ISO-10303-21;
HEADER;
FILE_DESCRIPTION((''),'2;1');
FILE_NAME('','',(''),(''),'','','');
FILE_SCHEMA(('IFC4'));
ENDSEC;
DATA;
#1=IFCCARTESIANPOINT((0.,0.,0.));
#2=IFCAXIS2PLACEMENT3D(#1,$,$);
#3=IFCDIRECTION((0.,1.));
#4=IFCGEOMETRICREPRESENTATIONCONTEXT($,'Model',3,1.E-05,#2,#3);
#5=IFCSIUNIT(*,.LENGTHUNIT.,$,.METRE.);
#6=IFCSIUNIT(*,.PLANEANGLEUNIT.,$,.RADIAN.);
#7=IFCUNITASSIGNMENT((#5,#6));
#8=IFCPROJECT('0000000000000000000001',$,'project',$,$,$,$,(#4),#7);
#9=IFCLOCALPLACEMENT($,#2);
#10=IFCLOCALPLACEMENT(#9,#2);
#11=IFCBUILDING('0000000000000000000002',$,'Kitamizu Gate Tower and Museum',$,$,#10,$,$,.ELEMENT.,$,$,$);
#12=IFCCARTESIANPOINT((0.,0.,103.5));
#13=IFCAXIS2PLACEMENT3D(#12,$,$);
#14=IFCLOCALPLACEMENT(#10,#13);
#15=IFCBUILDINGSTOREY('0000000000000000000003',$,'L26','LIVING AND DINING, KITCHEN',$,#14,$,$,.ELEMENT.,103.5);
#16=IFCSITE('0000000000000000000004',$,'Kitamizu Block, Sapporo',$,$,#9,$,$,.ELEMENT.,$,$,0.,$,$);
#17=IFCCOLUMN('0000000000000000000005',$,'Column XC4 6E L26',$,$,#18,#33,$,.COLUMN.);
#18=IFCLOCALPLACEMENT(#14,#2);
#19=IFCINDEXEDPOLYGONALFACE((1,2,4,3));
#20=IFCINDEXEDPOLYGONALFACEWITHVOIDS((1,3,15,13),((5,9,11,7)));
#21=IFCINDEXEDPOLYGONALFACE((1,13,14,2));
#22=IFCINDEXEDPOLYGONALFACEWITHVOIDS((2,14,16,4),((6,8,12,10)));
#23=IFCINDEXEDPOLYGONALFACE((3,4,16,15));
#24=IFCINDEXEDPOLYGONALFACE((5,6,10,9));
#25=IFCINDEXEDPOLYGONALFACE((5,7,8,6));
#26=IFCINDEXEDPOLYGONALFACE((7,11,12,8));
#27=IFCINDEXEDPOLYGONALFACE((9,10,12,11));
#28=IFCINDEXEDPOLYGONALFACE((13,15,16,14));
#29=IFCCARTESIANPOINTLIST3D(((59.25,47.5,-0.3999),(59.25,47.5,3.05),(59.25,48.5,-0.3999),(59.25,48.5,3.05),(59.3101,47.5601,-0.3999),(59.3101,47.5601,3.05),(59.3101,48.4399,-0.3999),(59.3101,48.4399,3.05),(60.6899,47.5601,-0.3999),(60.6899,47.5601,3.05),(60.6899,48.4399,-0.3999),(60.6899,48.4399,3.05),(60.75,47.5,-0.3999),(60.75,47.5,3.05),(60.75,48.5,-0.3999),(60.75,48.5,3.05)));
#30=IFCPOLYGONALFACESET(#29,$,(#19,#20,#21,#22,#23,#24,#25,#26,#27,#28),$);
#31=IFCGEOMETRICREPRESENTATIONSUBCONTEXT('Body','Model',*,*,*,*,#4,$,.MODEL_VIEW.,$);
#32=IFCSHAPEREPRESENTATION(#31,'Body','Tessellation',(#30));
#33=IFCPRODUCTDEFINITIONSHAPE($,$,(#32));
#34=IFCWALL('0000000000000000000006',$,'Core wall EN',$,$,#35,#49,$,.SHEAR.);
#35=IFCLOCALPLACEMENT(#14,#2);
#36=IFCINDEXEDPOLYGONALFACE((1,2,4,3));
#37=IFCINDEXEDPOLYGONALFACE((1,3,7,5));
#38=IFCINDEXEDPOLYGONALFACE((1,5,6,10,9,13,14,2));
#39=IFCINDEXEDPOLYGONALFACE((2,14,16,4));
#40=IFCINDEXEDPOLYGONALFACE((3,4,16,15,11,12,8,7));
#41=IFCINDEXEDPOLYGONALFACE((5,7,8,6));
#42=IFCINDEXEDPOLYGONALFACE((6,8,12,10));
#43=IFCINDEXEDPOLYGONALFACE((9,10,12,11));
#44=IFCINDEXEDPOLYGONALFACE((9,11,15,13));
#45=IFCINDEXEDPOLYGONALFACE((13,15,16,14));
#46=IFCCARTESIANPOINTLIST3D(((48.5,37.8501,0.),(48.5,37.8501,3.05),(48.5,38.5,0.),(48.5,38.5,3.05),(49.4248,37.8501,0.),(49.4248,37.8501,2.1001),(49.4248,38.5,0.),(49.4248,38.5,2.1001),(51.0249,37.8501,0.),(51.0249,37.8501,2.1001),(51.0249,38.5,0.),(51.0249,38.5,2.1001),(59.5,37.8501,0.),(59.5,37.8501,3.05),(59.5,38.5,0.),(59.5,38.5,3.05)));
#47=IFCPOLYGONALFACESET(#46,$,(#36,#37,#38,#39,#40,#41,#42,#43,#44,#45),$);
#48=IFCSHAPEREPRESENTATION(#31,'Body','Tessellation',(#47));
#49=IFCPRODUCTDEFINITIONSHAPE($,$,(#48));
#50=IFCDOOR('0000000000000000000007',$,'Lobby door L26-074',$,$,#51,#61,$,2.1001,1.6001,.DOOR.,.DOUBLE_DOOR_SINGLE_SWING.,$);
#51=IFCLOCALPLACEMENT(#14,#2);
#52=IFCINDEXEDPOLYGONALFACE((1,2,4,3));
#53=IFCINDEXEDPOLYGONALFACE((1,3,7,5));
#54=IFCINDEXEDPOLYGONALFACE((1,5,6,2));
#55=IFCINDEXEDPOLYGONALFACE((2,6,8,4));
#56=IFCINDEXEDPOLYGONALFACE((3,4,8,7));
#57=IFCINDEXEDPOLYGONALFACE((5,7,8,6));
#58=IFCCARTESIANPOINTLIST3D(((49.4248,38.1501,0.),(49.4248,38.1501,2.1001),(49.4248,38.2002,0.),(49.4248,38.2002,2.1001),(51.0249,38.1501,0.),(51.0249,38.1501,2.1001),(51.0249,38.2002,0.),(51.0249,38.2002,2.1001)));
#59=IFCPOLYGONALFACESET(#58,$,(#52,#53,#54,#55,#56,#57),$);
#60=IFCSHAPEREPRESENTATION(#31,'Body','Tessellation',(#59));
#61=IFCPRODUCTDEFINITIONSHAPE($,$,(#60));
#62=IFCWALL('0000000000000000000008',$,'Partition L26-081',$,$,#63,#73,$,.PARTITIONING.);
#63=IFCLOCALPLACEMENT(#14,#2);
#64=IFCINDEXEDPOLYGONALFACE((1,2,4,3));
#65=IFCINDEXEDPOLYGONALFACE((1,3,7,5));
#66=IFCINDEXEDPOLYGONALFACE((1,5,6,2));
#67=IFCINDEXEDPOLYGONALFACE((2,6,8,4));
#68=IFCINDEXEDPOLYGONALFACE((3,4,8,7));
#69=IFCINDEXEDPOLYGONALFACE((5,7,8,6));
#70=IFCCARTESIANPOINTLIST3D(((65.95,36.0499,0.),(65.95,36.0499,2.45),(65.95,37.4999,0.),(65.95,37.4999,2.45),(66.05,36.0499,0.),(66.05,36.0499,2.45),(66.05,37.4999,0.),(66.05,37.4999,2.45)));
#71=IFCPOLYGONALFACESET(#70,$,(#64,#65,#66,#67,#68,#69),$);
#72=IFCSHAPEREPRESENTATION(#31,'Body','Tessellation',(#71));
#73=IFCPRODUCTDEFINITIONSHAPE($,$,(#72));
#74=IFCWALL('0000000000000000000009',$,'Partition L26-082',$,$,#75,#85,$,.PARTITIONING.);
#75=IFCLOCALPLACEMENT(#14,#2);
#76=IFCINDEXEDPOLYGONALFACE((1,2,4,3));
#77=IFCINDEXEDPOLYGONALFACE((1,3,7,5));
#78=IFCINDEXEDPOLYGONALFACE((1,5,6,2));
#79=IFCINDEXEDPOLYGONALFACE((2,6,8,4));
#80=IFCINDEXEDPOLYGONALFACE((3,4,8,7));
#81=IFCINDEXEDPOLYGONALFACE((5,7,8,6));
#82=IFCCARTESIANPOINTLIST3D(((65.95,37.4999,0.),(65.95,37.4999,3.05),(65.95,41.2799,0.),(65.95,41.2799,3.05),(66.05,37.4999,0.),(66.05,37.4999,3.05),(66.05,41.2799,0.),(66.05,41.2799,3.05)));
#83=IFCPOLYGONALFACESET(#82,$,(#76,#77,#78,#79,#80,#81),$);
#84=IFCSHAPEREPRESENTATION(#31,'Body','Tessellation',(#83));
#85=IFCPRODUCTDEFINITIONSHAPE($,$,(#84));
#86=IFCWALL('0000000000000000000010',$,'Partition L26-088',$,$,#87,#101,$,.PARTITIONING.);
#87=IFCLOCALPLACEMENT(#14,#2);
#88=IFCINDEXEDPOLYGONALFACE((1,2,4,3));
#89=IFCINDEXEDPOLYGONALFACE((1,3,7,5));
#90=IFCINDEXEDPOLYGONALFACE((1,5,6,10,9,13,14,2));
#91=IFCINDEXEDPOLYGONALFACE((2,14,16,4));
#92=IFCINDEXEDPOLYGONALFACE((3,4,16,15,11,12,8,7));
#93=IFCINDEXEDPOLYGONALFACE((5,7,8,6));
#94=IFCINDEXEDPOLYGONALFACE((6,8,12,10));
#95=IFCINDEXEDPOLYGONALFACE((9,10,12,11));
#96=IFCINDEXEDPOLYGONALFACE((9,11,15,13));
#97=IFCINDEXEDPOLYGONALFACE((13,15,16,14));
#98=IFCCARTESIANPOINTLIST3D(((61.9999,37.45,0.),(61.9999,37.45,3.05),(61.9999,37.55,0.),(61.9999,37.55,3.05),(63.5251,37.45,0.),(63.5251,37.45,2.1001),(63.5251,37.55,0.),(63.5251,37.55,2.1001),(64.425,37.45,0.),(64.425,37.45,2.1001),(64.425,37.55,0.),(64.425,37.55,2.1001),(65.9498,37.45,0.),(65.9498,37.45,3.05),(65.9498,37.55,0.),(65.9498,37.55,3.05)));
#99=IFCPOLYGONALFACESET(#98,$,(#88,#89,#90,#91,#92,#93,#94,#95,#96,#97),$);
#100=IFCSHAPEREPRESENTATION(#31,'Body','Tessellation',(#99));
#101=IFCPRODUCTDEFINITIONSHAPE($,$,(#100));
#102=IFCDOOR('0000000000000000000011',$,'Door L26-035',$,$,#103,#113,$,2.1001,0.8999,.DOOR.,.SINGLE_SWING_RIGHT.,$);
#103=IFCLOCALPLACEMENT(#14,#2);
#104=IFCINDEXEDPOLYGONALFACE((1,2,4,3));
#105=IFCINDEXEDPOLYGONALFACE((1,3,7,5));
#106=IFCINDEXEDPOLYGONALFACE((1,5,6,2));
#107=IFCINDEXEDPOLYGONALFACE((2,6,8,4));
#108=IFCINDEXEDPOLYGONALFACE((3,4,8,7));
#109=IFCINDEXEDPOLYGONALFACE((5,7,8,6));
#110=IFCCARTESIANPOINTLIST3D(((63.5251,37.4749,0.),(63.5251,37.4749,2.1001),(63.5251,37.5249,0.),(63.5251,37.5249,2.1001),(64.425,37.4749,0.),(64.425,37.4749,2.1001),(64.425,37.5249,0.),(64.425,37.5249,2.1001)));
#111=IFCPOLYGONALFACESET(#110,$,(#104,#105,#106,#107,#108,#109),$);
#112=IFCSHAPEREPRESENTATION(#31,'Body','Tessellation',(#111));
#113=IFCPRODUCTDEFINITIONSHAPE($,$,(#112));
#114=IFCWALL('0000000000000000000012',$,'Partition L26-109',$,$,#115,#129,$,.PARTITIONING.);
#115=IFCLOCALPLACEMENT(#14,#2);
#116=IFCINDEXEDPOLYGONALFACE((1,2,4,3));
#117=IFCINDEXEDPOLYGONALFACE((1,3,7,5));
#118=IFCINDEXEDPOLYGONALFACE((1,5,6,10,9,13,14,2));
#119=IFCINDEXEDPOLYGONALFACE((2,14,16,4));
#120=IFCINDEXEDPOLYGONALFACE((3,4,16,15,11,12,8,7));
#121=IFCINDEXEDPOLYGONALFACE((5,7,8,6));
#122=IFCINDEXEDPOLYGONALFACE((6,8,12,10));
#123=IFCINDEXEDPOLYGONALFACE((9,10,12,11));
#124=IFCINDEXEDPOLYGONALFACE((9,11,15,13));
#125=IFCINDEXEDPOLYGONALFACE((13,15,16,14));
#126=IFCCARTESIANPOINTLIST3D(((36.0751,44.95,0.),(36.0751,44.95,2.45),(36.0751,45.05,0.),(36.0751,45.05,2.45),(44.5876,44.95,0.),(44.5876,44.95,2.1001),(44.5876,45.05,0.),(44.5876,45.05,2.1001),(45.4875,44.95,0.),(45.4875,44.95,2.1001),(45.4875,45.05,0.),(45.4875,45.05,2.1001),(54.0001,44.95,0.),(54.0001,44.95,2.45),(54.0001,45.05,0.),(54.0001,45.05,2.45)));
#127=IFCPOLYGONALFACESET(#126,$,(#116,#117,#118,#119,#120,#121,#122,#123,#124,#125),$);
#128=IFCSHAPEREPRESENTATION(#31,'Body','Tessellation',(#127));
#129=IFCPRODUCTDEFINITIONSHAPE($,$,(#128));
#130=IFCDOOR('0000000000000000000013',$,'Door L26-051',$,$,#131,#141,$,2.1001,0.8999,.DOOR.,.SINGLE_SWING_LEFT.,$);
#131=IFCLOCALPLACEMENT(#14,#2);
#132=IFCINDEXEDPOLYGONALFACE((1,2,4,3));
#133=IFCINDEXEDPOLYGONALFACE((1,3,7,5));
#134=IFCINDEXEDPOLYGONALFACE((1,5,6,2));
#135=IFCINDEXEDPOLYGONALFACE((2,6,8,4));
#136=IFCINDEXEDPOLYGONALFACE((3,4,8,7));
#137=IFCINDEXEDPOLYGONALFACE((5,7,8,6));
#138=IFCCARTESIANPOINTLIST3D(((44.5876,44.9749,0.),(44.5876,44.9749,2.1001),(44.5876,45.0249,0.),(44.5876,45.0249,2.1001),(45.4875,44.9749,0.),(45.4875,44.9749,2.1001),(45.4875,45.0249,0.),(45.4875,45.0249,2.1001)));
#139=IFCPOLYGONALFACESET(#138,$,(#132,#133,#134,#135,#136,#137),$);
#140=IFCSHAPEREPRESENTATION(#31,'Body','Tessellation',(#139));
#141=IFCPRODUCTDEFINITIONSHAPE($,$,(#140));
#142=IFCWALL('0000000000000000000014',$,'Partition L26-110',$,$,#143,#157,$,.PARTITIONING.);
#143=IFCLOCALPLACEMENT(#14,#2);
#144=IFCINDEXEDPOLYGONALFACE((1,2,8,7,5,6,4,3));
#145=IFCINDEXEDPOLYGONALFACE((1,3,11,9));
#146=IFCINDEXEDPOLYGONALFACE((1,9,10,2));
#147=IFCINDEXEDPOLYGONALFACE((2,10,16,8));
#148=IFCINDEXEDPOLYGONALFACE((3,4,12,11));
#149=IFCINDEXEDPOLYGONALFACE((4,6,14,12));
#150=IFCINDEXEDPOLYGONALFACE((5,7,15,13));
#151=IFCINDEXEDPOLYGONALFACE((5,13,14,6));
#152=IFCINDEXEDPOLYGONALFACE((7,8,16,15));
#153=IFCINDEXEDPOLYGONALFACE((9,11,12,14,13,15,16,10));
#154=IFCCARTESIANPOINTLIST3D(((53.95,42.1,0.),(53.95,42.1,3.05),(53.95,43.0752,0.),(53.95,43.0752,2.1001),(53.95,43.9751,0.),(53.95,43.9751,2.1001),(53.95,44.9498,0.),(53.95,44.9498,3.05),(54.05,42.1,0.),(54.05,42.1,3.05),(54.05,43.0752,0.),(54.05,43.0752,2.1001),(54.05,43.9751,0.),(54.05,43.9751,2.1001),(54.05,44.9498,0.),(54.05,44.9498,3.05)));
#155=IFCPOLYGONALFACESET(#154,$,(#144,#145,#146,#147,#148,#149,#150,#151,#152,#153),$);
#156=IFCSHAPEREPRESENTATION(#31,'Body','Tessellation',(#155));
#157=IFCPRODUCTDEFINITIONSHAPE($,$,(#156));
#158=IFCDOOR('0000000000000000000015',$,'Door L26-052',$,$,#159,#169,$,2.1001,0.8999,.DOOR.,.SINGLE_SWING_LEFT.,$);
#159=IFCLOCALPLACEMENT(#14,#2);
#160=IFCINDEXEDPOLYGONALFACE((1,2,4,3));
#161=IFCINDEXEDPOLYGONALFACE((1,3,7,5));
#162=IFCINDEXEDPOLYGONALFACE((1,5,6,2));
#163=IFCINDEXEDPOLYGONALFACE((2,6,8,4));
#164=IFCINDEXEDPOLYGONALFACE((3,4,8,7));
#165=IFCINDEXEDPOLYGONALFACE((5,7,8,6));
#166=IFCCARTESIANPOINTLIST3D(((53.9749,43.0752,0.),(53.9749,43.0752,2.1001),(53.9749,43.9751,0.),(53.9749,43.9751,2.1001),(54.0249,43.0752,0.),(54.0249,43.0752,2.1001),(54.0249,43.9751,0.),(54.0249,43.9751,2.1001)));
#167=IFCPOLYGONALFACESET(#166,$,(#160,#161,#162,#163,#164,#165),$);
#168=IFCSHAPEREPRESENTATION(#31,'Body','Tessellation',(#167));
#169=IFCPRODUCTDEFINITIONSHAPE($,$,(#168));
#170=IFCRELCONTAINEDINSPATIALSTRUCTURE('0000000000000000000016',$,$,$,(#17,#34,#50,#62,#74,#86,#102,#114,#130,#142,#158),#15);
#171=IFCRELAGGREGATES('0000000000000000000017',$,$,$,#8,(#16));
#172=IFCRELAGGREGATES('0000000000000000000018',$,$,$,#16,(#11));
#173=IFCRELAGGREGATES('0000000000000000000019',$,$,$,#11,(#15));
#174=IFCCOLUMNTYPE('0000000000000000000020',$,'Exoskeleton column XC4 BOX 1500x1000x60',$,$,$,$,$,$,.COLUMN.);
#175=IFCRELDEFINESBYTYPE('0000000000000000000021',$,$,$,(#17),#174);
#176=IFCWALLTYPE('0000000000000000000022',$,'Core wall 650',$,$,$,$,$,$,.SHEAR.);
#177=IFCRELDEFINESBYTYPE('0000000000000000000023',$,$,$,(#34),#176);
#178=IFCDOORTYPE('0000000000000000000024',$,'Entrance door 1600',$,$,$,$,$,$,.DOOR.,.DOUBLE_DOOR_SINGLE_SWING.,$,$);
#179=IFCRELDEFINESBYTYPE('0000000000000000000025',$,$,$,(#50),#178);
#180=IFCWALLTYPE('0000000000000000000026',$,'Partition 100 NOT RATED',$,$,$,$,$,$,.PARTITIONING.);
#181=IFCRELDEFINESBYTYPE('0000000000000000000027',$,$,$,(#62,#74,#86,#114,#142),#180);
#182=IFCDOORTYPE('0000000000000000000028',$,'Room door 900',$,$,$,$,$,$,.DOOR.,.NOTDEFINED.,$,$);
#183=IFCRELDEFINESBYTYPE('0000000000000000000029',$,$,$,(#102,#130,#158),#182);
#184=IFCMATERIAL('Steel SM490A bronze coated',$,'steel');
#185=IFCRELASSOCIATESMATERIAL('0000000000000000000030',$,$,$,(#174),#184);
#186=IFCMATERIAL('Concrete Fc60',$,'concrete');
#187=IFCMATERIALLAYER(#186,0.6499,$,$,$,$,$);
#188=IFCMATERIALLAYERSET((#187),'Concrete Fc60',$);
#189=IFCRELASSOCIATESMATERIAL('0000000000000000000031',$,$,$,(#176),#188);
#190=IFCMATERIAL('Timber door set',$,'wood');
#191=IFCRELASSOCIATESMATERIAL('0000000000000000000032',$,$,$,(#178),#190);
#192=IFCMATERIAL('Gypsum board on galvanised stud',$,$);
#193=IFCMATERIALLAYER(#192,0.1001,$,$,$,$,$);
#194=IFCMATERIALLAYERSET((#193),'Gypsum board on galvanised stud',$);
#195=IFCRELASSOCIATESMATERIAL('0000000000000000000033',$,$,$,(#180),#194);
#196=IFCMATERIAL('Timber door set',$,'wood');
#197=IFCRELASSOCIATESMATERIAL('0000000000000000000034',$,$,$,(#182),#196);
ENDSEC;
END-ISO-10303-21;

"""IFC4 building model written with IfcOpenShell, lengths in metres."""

from ifc_helpers import new_model, si_unit, direction, frame, frame_2d, origin, origin_2d, place, context, subcontext, project, spatial, rectangle, hollow_rectangle, extrude, material, layer, layer_set, material_profile, profile_set, type_object, element, fill, save


model = new_model("IFC4")

# Units and contexts
model_context = context("Model", 3, precision=1e-05, world=origin(), true_north=direction((0.0, 1.0)))
body_context = subcontext(model_context, "Body", "Model", "MODEL_VIEW")
ifc_project = project(units=[si_unit("LENGTHUNIT", "METRE"), si_unit("PLANEANGLEUNIT", "RADIAN")], contexts=[model_context])

# Site, building, storey
site_placement = place(None, origin())
site = spatial("IfcSite", under=ifc_project, at=site_placement, Name="Kitamizu Block, Sapporo", CompositionType="ELEMENT", RefElevation=0.0)
building_placement = place(site_placement, origin())
building = spatial("IfcBuilding", under=site, at=building_placement, Name="Kitamizu Gate Tower and Museum", CompositionType="ELEMENT")
storey_placement = place(building_placement, frame((0.0, 0.0, 103.5)))
storey = spatial("IfcBuildingStorey", under=building, at=storey_placement, Name="L26", Description="LIVING AND DINING, KITCHEN", CompositionType="ELEMENT", Elevation=103.5)

# Column
ifc_material_1 = material(Name="Steel SM490A bronze coated", Category="steel")
ifc_material_profile = material_profile(ifc_material_1, hollow_rectangle(XDim=1.5, YDim=1.0, WallThickness=0.0601, at=origin_2d()), Name="BOX 1500x1000x60")
ifc_profile_set = profile_set([ifc_material_profile], Name="Steel SM490A bronze coated")
column_type = type_object("IfcColumnType", Name="Exoskeleton column XC4 BOX 1500x1000x60", PredefinedType="COLUMN", material=ifc_profile_set)
column_placement = place(storey_placement, frame((60.0, 48.0, -0.3999), z_axis=(0.0, 0.0, 1.0), x_axis=(1.0, 0.0, 0.0)))
element("IfcColumn", 1, at=column_placement, inside=storey, type_object=column_type, Name="Column XC4 6E L26", PredefinedType="COLUMN", context=body_context, shape_type="SweptSolid", body=[
    extrude(hollow_rectangle(XDim=1.5, YDim=1.0, WallThickness=0.0601, at=origin_2d()), origin(), (0.0, 0.0, 1.0), 3.45),
])

# Wall, opening, door
ifc_material_2 = material(Name="Concrete Fc60", Category="concrete")
ifc_layer_1 = layer(ifc_material_2, 0.6499)
ifc_layer_set_1 = layer_set([ifc_layer_1], Name="Concrete Fc60")
wall_type_1 = type_object("IfcWallType", Name="Core wall 650", PredefinedType="SHEAR", material=ifc_layer_set_1)
wall_1_placement = place(storey_placement, frame((59.5, 38.175, 0.0), z_axis=(0.0, 0.0, 1.0), x_axis=(-1.0, 0.0, 0.0)))
wall_1 = element("IfcWall", 2, at=wall_1_placement, inside=storey, type_object=wall_type_1, Name="Core wall EN", PredefinedType="SHEAR", context=body_context, shape_type="SweptSolid", body=[
    extrude(rectangle(XDim=11.0, YDim=0.6499, at=frame_2d((5.5, 0.0))), origin(), (0.0, 0.0, 1.0), 3.05),
])
opening_1_placement = place(wall_1_placement, frame((8.4751, 0.0, 0.0)))
opening_1 = element("IfcOpeningElement", 3, at=opening_1_placement, cuts=wall_1, PredefinedType="OPENING", context=body_context, shape_type="SweptSolid", body=[
    extrude(rectangle(XDim=1.6001, YDim=2.1001, at=frame_2d((0.8, 1.05))), frame((0.0, 0.335, 0.0), z_axis=(0.0, -1.0, 0.0), x_axis=(1.0, 0.0, 0.0)), (0.0, 0.0, 1.0), 0.6699),
])
ifc_material_3 = material(Name="Timber door set", Category="wood")
door_type_1 = type_object("IfcDoorType", Name="Entrance door 1600", OperationType="DOUBLE_DOOR_SINGLE_SWING", PredefinedType="DOOR", material=ifc_material_3)
door_1_placement = place(opening_1_placement, origin())
door_1 = element("IfcDoor", 4, at=door_1_placement, inside=storey, type_object=door_type_1, Name="Lobby door L26-074", OperationType="DOUBLE_DOOR_SINGLE_SWING", OverallHeight=2.1001, OverallWidth=1.6001, PredefinedType="DOOR", context=body_context, shape_type="SweptSolid", body=[
    extrude(rectangle(XDim=1.6001, YDim=2.1001, at=frame_2d((0.8, 1.05))), frame((0.0, 0.0249, 0.0), z_axis=(0.0, -1.0, 0.0), x_axis=(1.0, 0.0, 0.0)), (0.0, 0.0, 1.0), 0.05),
])
fill(opening_1, door_1)

# Walls
ifc_material_4 = material(Name="Gypsum board on galvanised stud")
ifc_layer_2 = layer(ifc_material_4, 0.1001)
ifc_layer_set_2 = layer_set([ifc_layer_2], Name="Gypsum board on galvanised stud")
wall_type_2 = type_object("IfcWallType", Name="Partition 100 NOT RATED", PredefinedType="PARTITIONING", material=ifc_layer_set_2)
wall_2_placement = place(storey_placement, frame((66.0, 37.5, 0.0), z_axis=(0.0, 0.0, 1.0), x_axis=(0.0, -1.0, 0.0)))
element("IfcWall", 5, at=wall_2_placement, inside=storey, type_object=wall_type_2, Name="Partition L26-081", PredefinedType="PARTITIONING", context=body_context, shape_type="SweptSolid", body=[
    extrude(rectangle(XDim=1.45, YDim=0.1001, at=frame_2d((0.7251, 0.0))), origin(), (0.0, 0.0, 1.0), 2.45),
])
wall_3_placement = place(storey_placement, frame((66.0, 41.28, 0.0), z_axis=(0.0, 0.0, 1.0), x_axis=(0.0, -1.0, 0.0)))
element("IfcWall", 6, at=wall_3_placement, inside=storey, type_object=wall_type_2, Name="Partition L26-082", PredefinedType="PARTITIONING", context=body_context, shape_type="SweptSolid", body=[
    extrude(rectangle(XDim=3.78, YDim=0.1001, at=frame_2d((1.8901, 0.0))), origin(), (0.0, 0.0, 1.0), 3.05),
])

# Walls, openings, doors
wall_4_placement = place(storey_placement, frame((65.95, 37.5, 0.0), z_axis=(0.0, 0.0, 1.0), x_axis=(-1.0, 0.0, 0.0)))
wall_4 = element("IfcWall", 7, at=wall_4_placement, inside=storey, type_object=wall_type_2, Name="Partition L26-088", PredefinedType="PARTITIONING", context=body_context, shape_type="SweptSolid", body=[
    extrude(rectangle(XDim=3.95, YDim=0.1001, at=frame_2d((1.9751, 0.0))), origin(), (0.0, 0.0, 1.0), 3.05),
])
opening_2_placement = place(wall_4_placement, frame((1.5249, 0.0, 0.0)))
opening_2 = element("IfcOpeningElement", 8, at=opening_2_placement, cuts=wall_4, PredefinedType="OPENING", context=body_context, shape_type="SweptSolid", body=[
    extrude(rectangle(XDim=0.8999, YDim=2.1001, at=frame_2d((0.45, 1.05))), frame((0.0, 0.0601, 0.0), z_axis=(0.0, -1.0, 0.0), x_axis=(1.0, 0.0, 0.0)), (0.0, 0.0, 1.0), 0.1201),
])
ifc_material_5 = material(Name="Timber door set", Category="wood")
door_type_2 = type_object("IfcDoorType", Name="Room door 900", OperationType="NOTDEFINED", PredefinedType="DOOR", material=ifc_material_5)
door_2_placement = place(opening_2_placement, frame((0.8999, 0.0, 0.0), x_axis=(-1.0, 0.0, 0.0)))
door_2 = element("IfcDoor", 9, at=door_2_placement, inside=storey, type_object=door_type_2, Name="Door L26-035", OperationType="SINGLE_SWING_RIGHT", OverallHeight=2.1001, OverallWidth=0.8999, PredefinedType="DOOR", context=body_context, shape_type="SweptSolid", body=[
    extrude(rectangle(XDim=0.8999, YDim=2.1001, at=frame_2d((0.45, 1.05))), frame((0.0, 0.0249, 0.0), z_axis=(0.0, -1.0, 0.0), x_axis=(1.0, 0.0, 0.0)), (0.0, 0.0, 1.0), 0.05),
])
fill(opening_2, door_2)
wall_5_placement = place(storey_placement, frame((54.0, 45.0, 0.0), z_axis=(0.0, 0.0, 1.0), x_axis=(-1.0, 0.0, 0.0)))
wall_5 = element("IfcWall", 10, at=wall_5_placement, inside=storey, type_object=wall_type_2, Name="Partition L26-109", PredefinedType="PARTITIONING", context=body_context, shape_type="SweptSolid", body=[
    extrude(rectangle(XDim=17.925, YDim=0.1001, at=frame_2d((8.9624, 0.0))), origin(), (0.0, 0.0, 1.0), 2.45),
])
opening_3_placement = place(wall_5_placement, frame((8.5125, 0.0, 0.0)))
opening_3 = element("IfcOpeningElement", 11, at=opening_3_placement, cuts=wall_5, PredefinedType="OPENING", context=body_context, shape_type="SweptSolid", body=[
    extrude(rectangle(XDim=0.8999, YDim=2.1001, at=frame_2d((0.45, 1.05))), frame((0.0, 0.0601, 0.0), z_axis=(0.0, -1.0, 0.0), x_axis=(1.0, 0.0, 0.0)), (0.0, 0.0, 1.0), 0.1201),
])
door_3_placement = place(opening_3_placement, frame((0.8999, 0.0, 0.0), x_axis=(-1.0, 0.0, 0.0)))
door_3 = element("IfcDoor", 12, at=door_3_placement, inside=storey, type_object=door_type_2, Name="Door L26-051", OperationType="SINGLE_SWING_LEFT", OverallHeight=2.1001, OverallWidth=0.8999, PredefinedType="DOOR", context=body_context, shape_type="SweptSolid", body=[
    extrude(rectangle(XDim=0.8999, YDim=2.1001, at=frame_2d((0.45, 1.05))), frame((0.0, 0.0249, 0.0), z_axis=(0.0, -1.0, 0.0), x_axis=(1.0, 0.0, 0.0)), (0.0, 0.0, 1.0), 0.05),
])
fill(opening_3, door_3)
wall_6_placement = place(storey_placement, frame((54.0, 42.1001, 0.0), z_axis=(0.0, 0.0, 1.0), x_axis=(0.0, 1.0, 0.0)))
wall_6 = element("IfcWall", 13, at=wall_6_placement, inside=storey, type_object=wall_type_2, Name="Partition L26-110", PredefinedType="PARTITIONING", context=body_context, shape_type="SweptSolid", body=[
    extrude(rectangle(XDim=2.8499, YDim=0.1001, at=frame_2d((1.4248, 0.0))), origin(), (0.0, 0.0, 1.0), 3.05),
])
opening_4_placement = place(wall_6_placement, frame((0.9751, 0.0, 0.0)))
opening_4 = element("IfcOpeningElement", 14, at=opening_4_placement, cuts=wall_6, PredefinedType="OPENING", context=body_context, shape_type="SweptSolid", body=[
    extrude(rectangle(XDim=0.8999, YDim=2.1001, at=frame_2d((0.45, 1.05))), frame((0.0, 0.0601, 0.0), z_axis=(0.0, -1.0, 0.0), x_axis=(1.0, 0.0, 0.0)), (0.0, 0.0, 1.0), 0.1201),
])
door_4_placement = place(opening_4_placement, frame((0.8999, 0.0, 0.0), x_axis=(-1.0, 0.0, 0.0)))
door_4 = element("IfcDoor", 15, at=door_4_placement, inside=storey, type_object=door_type_2, Name="Door L26-052", OperationType="SINGLE_SWING_LEFT", OverallHeight=2.1001, OverallWidth=0.8999, PredefinedType="DOOR", context=body_context, shape_type="SweptSolid", body=[
    extrude(rectangle(XDim=0.8999, YDim=2.1001, at=frame_2d((0.45, 1.05))), frame((0.0, 0.0249, 0.0), z_axis=(0.0, -1.0, 0.0), x_axis=(1.0, 0.0, 0.0)), (0.0, 0.0, 1.0), 0.05),
])
fill(opening_4, door_4)

save(model, "model.ifc")
